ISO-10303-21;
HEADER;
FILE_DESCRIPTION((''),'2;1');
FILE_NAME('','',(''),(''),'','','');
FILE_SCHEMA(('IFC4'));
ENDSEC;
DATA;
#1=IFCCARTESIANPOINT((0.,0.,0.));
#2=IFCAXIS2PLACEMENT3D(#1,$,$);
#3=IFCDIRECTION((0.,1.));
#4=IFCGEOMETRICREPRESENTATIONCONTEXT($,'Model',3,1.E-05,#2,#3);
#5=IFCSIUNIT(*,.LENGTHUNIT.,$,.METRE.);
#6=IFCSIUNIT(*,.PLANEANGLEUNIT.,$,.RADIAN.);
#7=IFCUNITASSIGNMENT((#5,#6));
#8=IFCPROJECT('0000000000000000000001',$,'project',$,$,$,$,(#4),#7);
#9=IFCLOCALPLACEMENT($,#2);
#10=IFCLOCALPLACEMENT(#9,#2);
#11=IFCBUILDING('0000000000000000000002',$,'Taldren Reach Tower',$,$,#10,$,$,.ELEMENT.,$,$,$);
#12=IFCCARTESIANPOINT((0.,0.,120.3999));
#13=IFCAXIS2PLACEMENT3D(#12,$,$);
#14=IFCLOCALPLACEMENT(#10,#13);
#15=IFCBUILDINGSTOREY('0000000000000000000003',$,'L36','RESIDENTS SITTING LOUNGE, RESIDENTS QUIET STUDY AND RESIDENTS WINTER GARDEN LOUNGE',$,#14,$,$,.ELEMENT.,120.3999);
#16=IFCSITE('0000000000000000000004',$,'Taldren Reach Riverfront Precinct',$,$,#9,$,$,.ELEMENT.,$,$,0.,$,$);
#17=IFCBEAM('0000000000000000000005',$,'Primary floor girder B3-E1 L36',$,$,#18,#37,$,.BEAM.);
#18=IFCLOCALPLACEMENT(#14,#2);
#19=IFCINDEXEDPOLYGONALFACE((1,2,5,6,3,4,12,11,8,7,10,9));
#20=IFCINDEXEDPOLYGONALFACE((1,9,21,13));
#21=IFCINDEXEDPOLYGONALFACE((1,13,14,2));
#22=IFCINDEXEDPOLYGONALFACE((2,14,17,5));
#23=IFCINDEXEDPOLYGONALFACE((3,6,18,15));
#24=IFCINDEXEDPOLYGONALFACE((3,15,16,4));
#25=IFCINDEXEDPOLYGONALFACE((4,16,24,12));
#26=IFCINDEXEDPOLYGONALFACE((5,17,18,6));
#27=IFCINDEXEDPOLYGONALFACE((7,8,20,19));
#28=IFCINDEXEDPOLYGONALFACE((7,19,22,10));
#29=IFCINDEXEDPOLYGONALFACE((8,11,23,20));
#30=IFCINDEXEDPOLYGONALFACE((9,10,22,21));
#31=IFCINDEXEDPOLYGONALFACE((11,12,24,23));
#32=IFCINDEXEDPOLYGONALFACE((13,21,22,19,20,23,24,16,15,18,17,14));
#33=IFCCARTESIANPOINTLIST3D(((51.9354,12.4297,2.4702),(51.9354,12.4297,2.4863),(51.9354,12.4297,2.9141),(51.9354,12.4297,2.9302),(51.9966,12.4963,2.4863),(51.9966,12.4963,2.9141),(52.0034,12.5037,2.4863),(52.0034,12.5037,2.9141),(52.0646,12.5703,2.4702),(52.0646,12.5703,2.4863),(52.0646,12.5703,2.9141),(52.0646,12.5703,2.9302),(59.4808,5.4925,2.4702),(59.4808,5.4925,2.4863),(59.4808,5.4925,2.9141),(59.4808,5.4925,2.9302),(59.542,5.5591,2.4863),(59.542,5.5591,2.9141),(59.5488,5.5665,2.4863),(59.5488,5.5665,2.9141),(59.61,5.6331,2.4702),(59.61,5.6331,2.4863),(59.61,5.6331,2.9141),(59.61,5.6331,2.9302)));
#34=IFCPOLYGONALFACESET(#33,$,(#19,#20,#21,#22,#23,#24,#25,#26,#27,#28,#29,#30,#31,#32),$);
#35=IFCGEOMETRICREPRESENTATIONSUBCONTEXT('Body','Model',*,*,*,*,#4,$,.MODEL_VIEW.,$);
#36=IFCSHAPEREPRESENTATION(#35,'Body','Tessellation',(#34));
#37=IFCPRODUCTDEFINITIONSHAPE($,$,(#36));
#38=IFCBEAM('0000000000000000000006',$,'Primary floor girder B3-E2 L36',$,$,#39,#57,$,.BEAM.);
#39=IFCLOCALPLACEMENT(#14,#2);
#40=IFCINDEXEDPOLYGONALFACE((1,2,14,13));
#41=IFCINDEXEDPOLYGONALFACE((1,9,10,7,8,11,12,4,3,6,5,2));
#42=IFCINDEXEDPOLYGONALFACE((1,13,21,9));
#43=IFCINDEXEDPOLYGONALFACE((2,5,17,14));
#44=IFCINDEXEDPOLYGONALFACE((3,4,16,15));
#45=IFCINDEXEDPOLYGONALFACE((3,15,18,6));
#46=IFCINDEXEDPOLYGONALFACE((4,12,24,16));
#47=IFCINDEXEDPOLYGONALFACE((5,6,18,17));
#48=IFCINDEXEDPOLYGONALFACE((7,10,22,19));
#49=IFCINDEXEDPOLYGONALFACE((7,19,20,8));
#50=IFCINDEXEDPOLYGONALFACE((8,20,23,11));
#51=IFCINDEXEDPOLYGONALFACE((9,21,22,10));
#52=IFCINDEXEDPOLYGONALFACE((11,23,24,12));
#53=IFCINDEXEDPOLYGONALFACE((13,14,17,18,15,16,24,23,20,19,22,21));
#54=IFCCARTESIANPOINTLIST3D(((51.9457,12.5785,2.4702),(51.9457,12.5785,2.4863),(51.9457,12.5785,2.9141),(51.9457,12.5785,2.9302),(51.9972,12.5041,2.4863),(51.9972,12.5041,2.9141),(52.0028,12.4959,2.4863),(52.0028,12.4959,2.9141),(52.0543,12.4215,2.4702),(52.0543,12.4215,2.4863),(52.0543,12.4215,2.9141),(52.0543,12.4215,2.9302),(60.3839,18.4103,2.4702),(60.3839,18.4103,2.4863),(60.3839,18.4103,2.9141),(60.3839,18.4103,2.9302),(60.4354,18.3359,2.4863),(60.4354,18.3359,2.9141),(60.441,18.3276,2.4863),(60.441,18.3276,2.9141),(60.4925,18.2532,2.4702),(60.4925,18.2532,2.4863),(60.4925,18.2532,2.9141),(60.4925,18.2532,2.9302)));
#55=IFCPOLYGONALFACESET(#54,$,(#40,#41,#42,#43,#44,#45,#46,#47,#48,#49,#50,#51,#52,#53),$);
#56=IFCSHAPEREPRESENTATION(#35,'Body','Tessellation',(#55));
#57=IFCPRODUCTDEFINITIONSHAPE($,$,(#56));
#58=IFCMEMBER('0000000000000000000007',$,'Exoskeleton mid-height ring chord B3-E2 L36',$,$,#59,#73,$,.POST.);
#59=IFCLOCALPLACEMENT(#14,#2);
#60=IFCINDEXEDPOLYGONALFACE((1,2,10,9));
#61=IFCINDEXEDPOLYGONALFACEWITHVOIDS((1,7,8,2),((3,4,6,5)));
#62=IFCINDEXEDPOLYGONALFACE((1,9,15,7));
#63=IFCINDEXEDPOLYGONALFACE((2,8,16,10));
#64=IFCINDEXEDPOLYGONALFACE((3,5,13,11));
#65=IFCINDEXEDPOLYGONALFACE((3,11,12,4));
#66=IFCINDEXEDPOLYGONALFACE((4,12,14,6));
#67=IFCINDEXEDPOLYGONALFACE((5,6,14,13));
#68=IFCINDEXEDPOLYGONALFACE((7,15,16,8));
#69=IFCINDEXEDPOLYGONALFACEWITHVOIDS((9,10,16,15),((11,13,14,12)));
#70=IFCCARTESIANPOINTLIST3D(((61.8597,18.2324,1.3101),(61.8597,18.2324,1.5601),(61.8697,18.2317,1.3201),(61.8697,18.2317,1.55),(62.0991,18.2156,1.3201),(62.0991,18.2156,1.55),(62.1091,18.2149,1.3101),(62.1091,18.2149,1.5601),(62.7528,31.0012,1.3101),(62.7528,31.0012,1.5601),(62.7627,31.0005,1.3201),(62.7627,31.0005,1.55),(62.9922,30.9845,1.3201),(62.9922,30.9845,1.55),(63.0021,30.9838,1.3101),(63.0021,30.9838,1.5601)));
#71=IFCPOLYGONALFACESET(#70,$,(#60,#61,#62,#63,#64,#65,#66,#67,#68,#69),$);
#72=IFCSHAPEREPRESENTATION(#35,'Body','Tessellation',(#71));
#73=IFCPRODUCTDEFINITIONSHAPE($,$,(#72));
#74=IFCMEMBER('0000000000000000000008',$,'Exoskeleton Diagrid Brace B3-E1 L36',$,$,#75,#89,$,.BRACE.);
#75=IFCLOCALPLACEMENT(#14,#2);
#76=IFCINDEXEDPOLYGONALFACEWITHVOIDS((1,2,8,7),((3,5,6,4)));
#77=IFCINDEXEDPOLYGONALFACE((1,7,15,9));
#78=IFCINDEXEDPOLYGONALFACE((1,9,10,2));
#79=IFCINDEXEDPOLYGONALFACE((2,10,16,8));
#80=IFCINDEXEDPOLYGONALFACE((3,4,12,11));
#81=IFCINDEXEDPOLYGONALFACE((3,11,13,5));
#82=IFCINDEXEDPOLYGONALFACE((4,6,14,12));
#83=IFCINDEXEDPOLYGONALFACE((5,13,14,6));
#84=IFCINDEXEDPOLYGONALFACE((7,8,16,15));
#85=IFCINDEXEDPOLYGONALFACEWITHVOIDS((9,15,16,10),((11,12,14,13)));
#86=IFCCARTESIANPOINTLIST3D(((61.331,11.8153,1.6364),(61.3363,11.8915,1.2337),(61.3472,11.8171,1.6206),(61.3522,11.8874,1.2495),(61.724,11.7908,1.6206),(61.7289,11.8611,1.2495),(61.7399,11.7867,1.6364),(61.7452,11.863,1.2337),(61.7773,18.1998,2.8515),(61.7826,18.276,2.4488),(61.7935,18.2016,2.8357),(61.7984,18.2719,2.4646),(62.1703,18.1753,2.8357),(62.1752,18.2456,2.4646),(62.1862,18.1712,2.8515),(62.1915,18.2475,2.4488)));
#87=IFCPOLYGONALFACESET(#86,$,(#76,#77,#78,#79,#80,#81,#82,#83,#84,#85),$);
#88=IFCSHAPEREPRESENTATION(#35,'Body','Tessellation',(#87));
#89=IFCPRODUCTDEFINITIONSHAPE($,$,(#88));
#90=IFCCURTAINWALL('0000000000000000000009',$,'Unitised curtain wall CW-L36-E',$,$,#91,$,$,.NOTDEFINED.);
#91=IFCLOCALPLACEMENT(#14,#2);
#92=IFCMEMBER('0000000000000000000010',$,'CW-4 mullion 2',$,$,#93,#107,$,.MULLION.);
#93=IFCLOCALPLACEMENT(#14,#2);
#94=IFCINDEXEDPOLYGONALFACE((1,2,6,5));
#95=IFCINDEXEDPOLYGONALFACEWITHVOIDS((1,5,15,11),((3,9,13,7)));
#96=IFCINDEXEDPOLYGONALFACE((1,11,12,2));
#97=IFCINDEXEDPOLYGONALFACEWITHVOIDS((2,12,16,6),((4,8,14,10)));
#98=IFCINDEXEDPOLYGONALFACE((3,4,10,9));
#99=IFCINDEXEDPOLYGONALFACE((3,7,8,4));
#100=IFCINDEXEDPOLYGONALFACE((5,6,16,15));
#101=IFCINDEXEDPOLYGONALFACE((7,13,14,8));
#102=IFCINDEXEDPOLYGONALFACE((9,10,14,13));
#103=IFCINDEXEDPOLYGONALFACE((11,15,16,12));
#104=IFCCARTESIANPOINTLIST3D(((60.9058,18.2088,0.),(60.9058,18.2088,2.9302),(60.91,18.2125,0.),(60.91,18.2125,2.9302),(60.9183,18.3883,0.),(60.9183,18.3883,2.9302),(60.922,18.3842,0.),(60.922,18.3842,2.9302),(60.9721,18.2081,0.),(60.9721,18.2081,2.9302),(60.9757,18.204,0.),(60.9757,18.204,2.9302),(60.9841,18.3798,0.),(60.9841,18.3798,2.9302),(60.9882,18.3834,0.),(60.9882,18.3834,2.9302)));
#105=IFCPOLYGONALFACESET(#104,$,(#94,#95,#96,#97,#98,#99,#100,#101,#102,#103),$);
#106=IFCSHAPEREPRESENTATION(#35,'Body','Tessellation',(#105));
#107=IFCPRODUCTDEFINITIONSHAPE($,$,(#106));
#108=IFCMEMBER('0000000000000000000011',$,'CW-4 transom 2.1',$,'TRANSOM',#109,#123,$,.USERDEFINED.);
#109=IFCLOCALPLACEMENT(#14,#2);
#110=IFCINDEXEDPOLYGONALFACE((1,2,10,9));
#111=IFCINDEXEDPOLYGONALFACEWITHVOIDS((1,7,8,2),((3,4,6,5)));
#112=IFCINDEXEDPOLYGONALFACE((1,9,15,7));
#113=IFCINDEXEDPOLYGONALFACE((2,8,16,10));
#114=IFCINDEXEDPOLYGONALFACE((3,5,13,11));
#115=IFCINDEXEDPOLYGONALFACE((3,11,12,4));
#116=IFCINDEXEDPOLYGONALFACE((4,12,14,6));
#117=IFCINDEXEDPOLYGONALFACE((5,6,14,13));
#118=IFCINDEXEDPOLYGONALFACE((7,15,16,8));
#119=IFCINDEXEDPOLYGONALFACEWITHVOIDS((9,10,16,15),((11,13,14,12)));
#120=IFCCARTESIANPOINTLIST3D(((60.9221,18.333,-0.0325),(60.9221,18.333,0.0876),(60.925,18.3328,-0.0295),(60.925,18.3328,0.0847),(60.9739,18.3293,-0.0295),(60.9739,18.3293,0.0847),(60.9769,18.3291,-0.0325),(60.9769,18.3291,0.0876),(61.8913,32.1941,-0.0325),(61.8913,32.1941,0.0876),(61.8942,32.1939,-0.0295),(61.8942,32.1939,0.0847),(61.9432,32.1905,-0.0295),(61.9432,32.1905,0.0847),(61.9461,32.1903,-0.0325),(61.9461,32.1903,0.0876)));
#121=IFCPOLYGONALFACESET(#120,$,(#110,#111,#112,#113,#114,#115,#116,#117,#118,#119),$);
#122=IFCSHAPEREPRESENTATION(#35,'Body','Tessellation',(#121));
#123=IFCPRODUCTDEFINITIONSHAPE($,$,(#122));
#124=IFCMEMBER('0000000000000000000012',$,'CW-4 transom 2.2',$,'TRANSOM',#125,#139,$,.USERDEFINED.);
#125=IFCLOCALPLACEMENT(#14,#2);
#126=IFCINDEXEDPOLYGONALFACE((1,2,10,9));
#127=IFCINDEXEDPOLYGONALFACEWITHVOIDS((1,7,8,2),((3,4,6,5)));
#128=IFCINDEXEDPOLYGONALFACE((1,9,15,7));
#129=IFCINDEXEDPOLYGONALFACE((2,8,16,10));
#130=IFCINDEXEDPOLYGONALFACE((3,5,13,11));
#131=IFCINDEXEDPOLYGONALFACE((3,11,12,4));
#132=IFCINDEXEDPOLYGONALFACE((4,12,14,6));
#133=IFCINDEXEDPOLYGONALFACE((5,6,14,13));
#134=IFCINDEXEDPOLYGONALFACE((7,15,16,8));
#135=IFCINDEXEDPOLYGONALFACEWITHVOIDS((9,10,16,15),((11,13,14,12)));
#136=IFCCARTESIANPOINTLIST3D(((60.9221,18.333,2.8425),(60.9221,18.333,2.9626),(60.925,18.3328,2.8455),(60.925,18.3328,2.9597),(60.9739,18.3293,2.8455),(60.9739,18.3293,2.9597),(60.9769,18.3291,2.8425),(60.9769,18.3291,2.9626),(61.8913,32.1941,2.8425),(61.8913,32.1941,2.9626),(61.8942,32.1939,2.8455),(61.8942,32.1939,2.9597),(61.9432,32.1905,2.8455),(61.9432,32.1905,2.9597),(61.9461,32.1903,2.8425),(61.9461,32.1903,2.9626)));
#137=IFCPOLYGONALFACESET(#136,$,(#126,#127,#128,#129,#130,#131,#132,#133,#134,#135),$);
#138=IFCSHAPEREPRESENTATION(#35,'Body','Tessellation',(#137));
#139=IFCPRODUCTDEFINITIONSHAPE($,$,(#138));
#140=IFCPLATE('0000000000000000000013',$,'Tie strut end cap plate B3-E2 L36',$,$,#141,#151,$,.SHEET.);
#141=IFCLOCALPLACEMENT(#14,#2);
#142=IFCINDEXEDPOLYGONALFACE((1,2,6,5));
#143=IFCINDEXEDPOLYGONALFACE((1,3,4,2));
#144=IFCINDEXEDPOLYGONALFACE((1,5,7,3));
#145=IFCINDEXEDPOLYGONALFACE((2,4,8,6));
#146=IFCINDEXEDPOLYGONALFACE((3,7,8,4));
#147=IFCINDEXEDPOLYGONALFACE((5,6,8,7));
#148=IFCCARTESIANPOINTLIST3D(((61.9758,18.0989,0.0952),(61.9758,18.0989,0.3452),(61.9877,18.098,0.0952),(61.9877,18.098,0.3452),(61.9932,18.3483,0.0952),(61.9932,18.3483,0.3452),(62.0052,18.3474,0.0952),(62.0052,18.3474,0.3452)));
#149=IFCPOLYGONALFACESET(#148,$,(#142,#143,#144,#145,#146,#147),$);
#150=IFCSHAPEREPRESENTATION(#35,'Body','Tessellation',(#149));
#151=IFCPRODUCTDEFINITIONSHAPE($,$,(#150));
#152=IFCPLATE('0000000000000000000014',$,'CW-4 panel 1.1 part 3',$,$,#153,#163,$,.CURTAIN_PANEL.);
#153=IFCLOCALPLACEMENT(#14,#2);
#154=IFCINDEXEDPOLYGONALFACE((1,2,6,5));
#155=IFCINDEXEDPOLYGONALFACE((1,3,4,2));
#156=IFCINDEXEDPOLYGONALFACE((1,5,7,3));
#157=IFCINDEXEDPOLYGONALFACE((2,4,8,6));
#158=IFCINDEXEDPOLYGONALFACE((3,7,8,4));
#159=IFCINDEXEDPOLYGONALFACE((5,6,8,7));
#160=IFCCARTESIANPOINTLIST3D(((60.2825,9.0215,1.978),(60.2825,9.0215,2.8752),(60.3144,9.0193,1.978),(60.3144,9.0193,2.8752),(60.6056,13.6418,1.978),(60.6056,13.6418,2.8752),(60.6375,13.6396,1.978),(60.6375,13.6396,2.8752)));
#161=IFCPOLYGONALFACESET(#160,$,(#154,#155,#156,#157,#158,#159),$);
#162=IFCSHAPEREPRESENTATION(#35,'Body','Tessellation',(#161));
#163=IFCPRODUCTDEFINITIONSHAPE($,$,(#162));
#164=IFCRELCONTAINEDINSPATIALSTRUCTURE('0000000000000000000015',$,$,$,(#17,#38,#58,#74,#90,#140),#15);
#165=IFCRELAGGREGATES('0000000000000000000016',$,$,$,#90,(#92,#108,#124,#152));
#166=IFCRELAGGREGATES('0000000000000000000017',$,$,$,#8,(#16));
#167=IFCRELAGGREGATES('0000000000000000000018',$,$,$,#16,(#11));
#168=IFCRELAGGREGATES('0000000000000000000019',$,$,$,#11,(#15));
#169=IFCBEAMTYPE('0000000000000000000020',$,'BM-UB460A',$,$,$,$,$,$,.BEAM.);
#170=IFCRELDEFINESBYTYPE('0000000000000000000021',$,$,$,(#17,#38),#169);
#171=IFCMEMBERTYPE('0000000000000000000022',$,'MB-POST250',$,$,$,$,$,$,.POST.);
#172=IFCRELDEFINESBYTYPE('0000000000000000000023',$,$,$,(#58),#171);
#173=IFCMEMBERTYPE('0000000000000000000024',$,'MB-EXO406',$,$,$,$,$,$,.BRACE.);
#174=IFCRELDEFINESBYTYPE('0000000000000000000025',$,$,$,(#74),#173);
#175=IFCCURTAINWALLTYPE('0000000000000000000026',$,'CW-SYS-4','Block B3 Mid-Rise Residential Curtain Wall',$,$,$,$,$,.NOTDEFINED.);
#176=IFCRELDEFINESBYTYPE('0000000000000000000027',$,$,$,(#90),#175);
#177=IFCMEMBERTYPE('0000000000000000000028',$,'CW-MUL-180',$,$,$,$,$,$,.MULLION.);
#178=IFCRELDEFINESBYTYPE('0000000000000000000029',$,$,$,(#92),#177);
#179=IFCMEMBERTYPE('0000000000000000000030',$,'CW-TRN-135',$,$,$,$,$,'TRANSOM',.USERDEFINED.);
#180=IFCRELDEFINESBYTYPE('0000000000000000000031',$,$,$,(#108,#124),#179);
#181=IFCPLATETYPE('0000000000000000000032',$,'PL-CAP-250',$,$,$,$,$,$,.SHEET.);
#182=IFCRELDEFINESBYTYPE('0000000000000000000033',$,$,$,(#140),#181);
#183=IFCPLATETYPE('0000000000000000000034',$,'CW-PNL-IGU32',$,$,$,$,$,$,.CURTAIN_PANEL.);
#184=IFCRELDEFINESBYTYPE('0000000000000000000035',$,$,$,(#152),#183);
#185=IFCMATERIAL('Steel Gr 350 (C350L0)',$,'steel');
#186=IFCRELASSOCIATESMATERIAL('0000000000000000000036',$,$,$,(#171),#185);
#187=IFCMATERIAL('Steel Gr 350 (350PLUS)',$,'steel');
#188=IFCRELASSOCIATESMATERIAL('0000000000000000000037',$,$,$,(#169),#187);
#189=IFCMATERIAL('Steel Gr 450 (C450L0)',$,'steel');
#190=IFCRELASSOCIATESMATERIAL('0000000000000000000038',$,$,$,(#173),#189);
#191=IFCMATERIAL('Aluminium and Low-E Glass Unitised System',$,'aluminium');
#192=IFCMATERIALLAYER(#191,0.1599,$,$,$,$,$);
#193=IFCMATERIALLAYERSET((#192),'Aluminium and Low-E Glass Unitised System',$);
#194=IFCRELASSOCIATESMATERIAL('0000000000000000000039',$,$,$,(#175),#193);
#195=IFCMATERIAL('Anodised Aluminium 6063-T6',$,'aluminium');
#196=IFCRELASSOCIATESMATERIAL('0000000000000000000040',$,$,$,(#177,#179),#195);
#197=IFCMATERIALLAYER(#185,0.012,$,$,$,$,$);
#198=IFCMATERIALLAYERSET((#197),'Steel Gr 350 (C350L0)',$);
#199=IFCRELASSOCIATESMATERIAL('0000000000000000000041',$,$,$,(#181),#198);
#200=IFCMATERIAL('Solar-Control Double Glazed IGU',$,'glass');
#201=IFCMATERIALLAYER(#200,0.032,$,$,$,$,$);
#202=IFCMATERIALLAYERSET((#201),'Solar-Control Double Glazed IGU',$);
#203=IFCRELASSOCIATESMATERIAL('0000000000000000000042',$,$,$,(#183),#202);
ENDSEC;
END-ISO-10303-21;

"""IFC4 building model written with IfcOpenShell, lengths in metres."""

from ifc_helpers import new_model, si_unit, direction, frame, origin, origin_2d, place, context, subcontext, project, spatial, rectangle, hollow_rectangle, i_section, extrude, source, transform, mapped, material, layer, layer_set, material_profile, profile_set, type_object, element, aggregate, save


model = new_model("IFC4")

# Units and contexts
model_context = context("Model", 3, precision=1e-05, world=origin(), true_north=direction((0.0, 1.0)))
body_context = subcontext(model_context, "Body", "Model", "MODEL_VIEW")
ifc_project = project(units=[si_unit("LENGTHUNIT", "METRE"), si_unit("PLANEANGLEUNIT", "RADIAN")], contexts=[model_context])

# Site, building, storey
site_placement = place(None, origin())
site = spatial("IfcSite", under=ifc_project, at=site_placement, Name="Taldren Reach Riverfront Precinct", CompositionType="ELEMENT", RefElevation=0.0)
building_placement = place(site_placement, origin())
building = spatial("IfcBuilding", under=site, at=building_placement, Name="Taldren Reach Tower", CompositionType="ELEMENT")
storey_placement = place(building_placement, frame((0.0, 0.0, 120.3999)))
storey = spatial("IfcBuildingStorey", under=building, at=storey_placement, Name="L36", Description="RESIDENTS SITTING LOUNGE, RESIDENTS QUIET STUDY AND RESIDENTS WINTER GARDEN LOUNGE", CompositionType="ELEMENT", Elevation=120.3999)

# Shared definitions
ifc_material_1 = material(Name="Steel Gr 350 (350PLUS)", Category="steel")

# Shared definitions
ifc_material_2 = material(Name="Steel Gr 450 (C450L0)", Category="steel")
ifc_material_3 = material(Name="Steel Gr 350 (C350L0)", Category="steel")
ifc_material_profile_1 = material_profile(ifc_material_3, hollow_rectangle(XDim=0.25, YDim=0.25, WallThickness=0.01, at=origin_2d()), Name="250x250x10.0SHS")
ifc_profile_set_1 = profile_set([ifc_material_profile_1], Name="Steel Gr 350 (C350L0)")
member_type_1 = type_object("IfcMemberType", Name="MB-POST250", PredefinedType="POST", material=ifc_profile_set_1)

# Beams
ifc_material_profile_2 = material_profile(ifc_material_1, i_section(OverallWidth=0.1909, OverallDepth=0.46, WebThickness=0.01, FlangeThickness=0.0161, at=origin_2d()), Name="460UB82.1")
ifc_profile_set_2 = profile_set([ifc_material_profile_2], Name="Steel Gr 350 (350PLUS)")
beam_type_1 = type_object("IfcBeamType", Name="BM-UB460A", PredefinedType="BEAM", material=ifc_profile_set_2)
shared_shape_1 = source(origin(), body_context, "Body", "SweptSolid", [
    extrude(i_section(OverallWidth=0.1909, OverallDepth=0.46, WebThickness=0.01, FlangeThickness=0.0161, at=origin_2d()), origin(), (0.0, 0.0, 1.0), 10.2498),
])
beam_1_placement = place(storey_placement, frame((52.0, 12.5, 2.7002), z_axis=(0.736151, -0.676818, 0.0), x_axis=(0.676818, 0.736151, 0.0)))
element("IfcBeam", 1, at=beam_1_placement, inside=storey, type_object=beam_type_1, Name="Primary floor girder B3-E1 L36", PredefinedType="BEAM", context=body_context, shape_type="MappedRepresentation", body=[
    mapped(shared_shape_1, transform((0.0, 0.0, 0.0), scale=1.0)),
])
shared_shape_2 = source(origin(), body_context, "Body", "SweptSolid", [
    extrude(i_section(OverallWidth=0.1909, OverallDepth=0.46, WebThickness=0.01, FlangeThickness=0.0161, at=origin_2d()), origin(), (0.0, 0.0, 1.0), 10.2573),
])
beam_2_placement = place(storey_placement, frame((52.0, 12.5, 2.7002), z_axis=(0.822651, 0.568546, 0.0), x_axis=(-0.568546, 0.822651, 0.0)))
element("IfcBeam", 2, at=beam_2_placement, inside=storey, type_object=beam_type_1, Name="Primary floor girder B3-E2 L36", PredefinedType="BEAM", context=body_context, shape_type="MappedRepresentation", body=[
    mapped(shared_shape_2, transform((0.0, 0.0, 0.0), scale=1.0)),
])

# Members
shared_shape_3 = source(origin(), body_context, "Body", "SweptSolid", [
    extrude(hollow_rectangle(XDim=0.25, YDim=0.25, WallThickness=0.01, at=origin_2d()), origin(), (0.0, 0.0, 1.0), 12.8),
])
member_1_placement = place(storey_placement, frame((61.9844, 18.2236, 1.4351), z_axis=(0.069771, 0.997563, 0.0), x_axis=(-0.997563, 0.069771, 0.0)))
element("IfcMember", 3, at=member_1_placement, inside=storey, type_object=member_type_1, Name="Exoskeleton mid-height ring chord B3-E2 L36", PredefinedType="POST", context=body_context, shape_type="MappedRepresentation", body=[
    mapped(shared_shape_3, transform((0.0, 0.0, 0.0), scale=1.0)),
])
ifc_material_profile_3 = material_profile(ifc_material_2, hollow_rectangle(XDim=0.4099, YDim=0.4099, WallThickness=0.0161, at=origin_2d()), Name="410x410x16.0SHS")
ifc_profile_set_3 = profile_set([ifc_material_profile_3], Name="Steel Gr 450 (C450L0)")
member_type_2 = type_object("IfcMemberType", Name="MB-EXO406", PredefinedType="BRACE", material=ifc_profile_set_3)
shared_shape_4 = source(origin(), body_context, "Body", "SweptSolid", [
    extrude(hollow_rectangle(XDim=0.4099, YDim=0.4099, WallThickness=0.0161, at=origin_2d()), origin(), (0.0, 0.0, 1.0), 6.5144),
])
member_2_placement = place(storey_placement, frame((61.5381, 11.8391, 1.4351), z_axis=(0.068508, 0.980059, 0.186523), x_axis=(-0.997566, 0.069732, 0.0)))
element("IfcMember", 4, at=member_2_placement, inside=storey, type_object=member_type_2, Name="Exoskeleton Diagrid Brace B3-E1 L36", PredefinedType="BRACE", context=body_context, shape_type="MappedRepresentation", body=[
    mapped(shared_shape_4, transform((0.0, 0.0, 0.0), scale=1.0)),
])

# Curtain wall, members
ifc_material_4 = material(Name="Aluminium and Low-E Glass Unitised System", Category="aluminium")
ifc_layer_1 = layer(ifc_material_4, 0.1599)
ifc_layer_set_1 = layer_set([ifc_layer_1], Name="Aluminium and Low-E Glass Unitised System")
curtain_wall_type = type_object("IfcCurtainWallType", Name="CW-SYS-4", Description="Block B3 Mid-Rise Residential Curtain Wall", PredefinedType="NOTDEFINED", material=ifc_layer_set_1)
curtain_wall_placement = place(storey_placement, origin())
curtain_wall = element("IfcCurtainWall", 5, at=curtain_wall_placement, inside=storey, type_object=curtain_wall_type, Name="Unitised curtain wall CW-L36-E", PredefinedType="NOTDEFINED")
ifc_material_5 = material(Name="Anodised Aluminium 6063-T6", Category="aluminium")
ifc_material_profile_4 = material_profile(ifc_material_5, hollow_rectangle(XDim=0.0701, YDim=0.1799, WallThickness=0.0039, at=origin_2d()), Name="ALU-180x70x4RHS")
ifc_profile_set_4 = profile_set([ifc_material_profile_4], Name="Anodised Aluminium 6063-T6")
member_type_3 = type_object("IfcMemberType", Name="CW-MUL-180", PredefinedType="MULLION", material=ifc_profile_set_4)
shared_shape_5 = source(origin(), body_context, "Body", "SweptSolid", [
    extrude(hollow_rectangle(XDim=0.0701, YDim=0.1799, WallThickness=0.0039, at=origin_2d()), origin(), (0.0, 0.0, 1.0), 2.9302),
])
member_3_placement = place(storey_placement, frame((60.947, 18.2961, 0.0), z_axis=(0.0, 0.0, 1.0), x_axis=(-0.997564, 0.069756, 0.0)))
member_3 = element("IfcMember", 6, at=member_3_placement, type_object=member_type_3, Name="CW-4 mullion 2", PredefinedType="MULLION", context=body_context, shape_type="MappedRepresentation", body=[
    mapped(shared_shape_5, transform((0.0, 0.0, 0.0), scale=1.0)),
])
ifc_material_profile_5 = material_profile(ifc_material_5, hollow_rectangle(XDim=0.0549, YDim=0.1201, WallThickness=0.0029, at=origin_2d()), Name="ALU-120x55x3RHS")
ifc_profile_set_5 = profile_set([ifc_material_profile_5], Name="Anodised Aluminium 6063-T6")
member_type_4 = type_object("IfcMemberType", Name="CW-TRN-135", ElementType="TRANSOM", PredefinedType="USERDEFINED", material=ifc_profile_set_5)
shared_shape_6 = source(origin(), body_context, "Body", "SweptSolid", [
    extrude(hollow_rectangle(XDim=0.0549, YDim=0.1201, WallThickness=0.0029, at=origin_2d()), origin(), (0.0, 0.0, 1.0), 13.895),
])
member_4_placement = place(storey_placement, frame((60.9495, 18.3311, 0.0276), z_axis=(0.069755, 0.997564, 0.0), x_axis=(-0.997564, 0.069755, 0.0)))
member_4 = element("IfcMember", 7, at=member_4_placement, type_object=member_type_4, Name="CW-4 transom 2.1", ObjectType="TRANSOM", PredefinedType="USERDEFINED", context=body_context, shape_type="MappedRepresentation", body=[
    mapped(shared_shape_6, transform((0.0, 0.0, 0.0), scale=1.0)),
])
member_5_placement = place(storey_placement, frame((60.9495, 18.3311, 2.9026), z_axis=(0.069755, 0.997564, 0.0), x_axis=(-0.997564, 0.069755, 0.0)))
member_5 = element("IfcMember", 8, at=member_5_placement, type_object=member_type_4, Name="CW-4 transom 2.2", ObjectType="TRANSOM", PredefinedType="USERDEFINED", context=body_context, shape_type="MappedRepresentation", body=[
    mapped(shared_shape_6, transform((0.0, 0.0, 0.0), scale=1.0)),
])

# Plates
ifc_layer_2 = layer(ifc_material_3, 0.012)
ifc_layer_set_2 = layer_set([ifc_layer_2], Name="Steel Gr 350 (C350L0)")
plate_type_1 = type_object("IfcPlateType", Name="PL-CAP-250", PredefinedType="SHEET", material=ifc_layer_set_2)
shared_shape_7 = source(origin(), body_context, "Body", "SweptSolid", [
    extrude(rectangle(XDim=0.012, YDim=0.25, at=origin_2d()), origin(), (0.0, 0.0, 1.0), 0.25),
])
plate_1_placement = place(storey_placement, frame((61.9905, 18.2231, 0.0952), z_axis=(0.0, 0.0, 1.0), x_axis=(0.997564, -0.069756, 0.0)))
element("IfcPlate", 9, at=plate_1_placement, inside=storey, type_object=plate_type_1, Name="Tie strut end cap plate B3-E2 L36", PredefinedType="SHEET", context=body_context, shape_type="MappedRepresentation", body=[
    mapped(shared_shape_7, transform((0.0, 0.0, 0.0), scale=1.0)),
])
ifc_material_6 = material(Name="Solar-Control Double Glazed IGU", Category="glass")
ifc_layer_3 = layer(ifc_material_6, 0.032)
ifc_layer_set_3 = layer_set([ifc_layer_3], Name="Solar-Control Double Glazed IGU")
plate_type_2 = type_object("IfcPlateType", Name="CW-PNL-IGU32", PredefinedType="CURTAIN_PANEL", material=ifc_layer_set_3)
shared_shape_8 = source(origin(), body_context, "Body", "SweptSolid", [
    extrude(rectangle(XDim=4.6316, YDim=0.032, at=origin_2d()), origin(), (0.0, 0.0, 1.0), 0.8972),
])
plate_2_placement = place(storey_placement, frame((60.46, 11.3306, 1.978), z_axis=(0.0, 0.0, 1.0), x_axis=(0.069756, 0.997564, 0.0)))
plate_2 = element("IfcPlate", 10, at=plate_2_placement, type_object=plate_type_2, Name="CW-4 panel 1.1 part 3", PredefinedType="CURTAIN_PANEL", context=body_context, shape_type="MappedRepresentation", body=[
    mapped(shared_shape_8, transform((0.0, 0.0, 0.0), scale=1.0)),
])
aggregate(curtain_wall, [member_3, member_4, member_5, plate_2])

save(model, "model.ifc")
